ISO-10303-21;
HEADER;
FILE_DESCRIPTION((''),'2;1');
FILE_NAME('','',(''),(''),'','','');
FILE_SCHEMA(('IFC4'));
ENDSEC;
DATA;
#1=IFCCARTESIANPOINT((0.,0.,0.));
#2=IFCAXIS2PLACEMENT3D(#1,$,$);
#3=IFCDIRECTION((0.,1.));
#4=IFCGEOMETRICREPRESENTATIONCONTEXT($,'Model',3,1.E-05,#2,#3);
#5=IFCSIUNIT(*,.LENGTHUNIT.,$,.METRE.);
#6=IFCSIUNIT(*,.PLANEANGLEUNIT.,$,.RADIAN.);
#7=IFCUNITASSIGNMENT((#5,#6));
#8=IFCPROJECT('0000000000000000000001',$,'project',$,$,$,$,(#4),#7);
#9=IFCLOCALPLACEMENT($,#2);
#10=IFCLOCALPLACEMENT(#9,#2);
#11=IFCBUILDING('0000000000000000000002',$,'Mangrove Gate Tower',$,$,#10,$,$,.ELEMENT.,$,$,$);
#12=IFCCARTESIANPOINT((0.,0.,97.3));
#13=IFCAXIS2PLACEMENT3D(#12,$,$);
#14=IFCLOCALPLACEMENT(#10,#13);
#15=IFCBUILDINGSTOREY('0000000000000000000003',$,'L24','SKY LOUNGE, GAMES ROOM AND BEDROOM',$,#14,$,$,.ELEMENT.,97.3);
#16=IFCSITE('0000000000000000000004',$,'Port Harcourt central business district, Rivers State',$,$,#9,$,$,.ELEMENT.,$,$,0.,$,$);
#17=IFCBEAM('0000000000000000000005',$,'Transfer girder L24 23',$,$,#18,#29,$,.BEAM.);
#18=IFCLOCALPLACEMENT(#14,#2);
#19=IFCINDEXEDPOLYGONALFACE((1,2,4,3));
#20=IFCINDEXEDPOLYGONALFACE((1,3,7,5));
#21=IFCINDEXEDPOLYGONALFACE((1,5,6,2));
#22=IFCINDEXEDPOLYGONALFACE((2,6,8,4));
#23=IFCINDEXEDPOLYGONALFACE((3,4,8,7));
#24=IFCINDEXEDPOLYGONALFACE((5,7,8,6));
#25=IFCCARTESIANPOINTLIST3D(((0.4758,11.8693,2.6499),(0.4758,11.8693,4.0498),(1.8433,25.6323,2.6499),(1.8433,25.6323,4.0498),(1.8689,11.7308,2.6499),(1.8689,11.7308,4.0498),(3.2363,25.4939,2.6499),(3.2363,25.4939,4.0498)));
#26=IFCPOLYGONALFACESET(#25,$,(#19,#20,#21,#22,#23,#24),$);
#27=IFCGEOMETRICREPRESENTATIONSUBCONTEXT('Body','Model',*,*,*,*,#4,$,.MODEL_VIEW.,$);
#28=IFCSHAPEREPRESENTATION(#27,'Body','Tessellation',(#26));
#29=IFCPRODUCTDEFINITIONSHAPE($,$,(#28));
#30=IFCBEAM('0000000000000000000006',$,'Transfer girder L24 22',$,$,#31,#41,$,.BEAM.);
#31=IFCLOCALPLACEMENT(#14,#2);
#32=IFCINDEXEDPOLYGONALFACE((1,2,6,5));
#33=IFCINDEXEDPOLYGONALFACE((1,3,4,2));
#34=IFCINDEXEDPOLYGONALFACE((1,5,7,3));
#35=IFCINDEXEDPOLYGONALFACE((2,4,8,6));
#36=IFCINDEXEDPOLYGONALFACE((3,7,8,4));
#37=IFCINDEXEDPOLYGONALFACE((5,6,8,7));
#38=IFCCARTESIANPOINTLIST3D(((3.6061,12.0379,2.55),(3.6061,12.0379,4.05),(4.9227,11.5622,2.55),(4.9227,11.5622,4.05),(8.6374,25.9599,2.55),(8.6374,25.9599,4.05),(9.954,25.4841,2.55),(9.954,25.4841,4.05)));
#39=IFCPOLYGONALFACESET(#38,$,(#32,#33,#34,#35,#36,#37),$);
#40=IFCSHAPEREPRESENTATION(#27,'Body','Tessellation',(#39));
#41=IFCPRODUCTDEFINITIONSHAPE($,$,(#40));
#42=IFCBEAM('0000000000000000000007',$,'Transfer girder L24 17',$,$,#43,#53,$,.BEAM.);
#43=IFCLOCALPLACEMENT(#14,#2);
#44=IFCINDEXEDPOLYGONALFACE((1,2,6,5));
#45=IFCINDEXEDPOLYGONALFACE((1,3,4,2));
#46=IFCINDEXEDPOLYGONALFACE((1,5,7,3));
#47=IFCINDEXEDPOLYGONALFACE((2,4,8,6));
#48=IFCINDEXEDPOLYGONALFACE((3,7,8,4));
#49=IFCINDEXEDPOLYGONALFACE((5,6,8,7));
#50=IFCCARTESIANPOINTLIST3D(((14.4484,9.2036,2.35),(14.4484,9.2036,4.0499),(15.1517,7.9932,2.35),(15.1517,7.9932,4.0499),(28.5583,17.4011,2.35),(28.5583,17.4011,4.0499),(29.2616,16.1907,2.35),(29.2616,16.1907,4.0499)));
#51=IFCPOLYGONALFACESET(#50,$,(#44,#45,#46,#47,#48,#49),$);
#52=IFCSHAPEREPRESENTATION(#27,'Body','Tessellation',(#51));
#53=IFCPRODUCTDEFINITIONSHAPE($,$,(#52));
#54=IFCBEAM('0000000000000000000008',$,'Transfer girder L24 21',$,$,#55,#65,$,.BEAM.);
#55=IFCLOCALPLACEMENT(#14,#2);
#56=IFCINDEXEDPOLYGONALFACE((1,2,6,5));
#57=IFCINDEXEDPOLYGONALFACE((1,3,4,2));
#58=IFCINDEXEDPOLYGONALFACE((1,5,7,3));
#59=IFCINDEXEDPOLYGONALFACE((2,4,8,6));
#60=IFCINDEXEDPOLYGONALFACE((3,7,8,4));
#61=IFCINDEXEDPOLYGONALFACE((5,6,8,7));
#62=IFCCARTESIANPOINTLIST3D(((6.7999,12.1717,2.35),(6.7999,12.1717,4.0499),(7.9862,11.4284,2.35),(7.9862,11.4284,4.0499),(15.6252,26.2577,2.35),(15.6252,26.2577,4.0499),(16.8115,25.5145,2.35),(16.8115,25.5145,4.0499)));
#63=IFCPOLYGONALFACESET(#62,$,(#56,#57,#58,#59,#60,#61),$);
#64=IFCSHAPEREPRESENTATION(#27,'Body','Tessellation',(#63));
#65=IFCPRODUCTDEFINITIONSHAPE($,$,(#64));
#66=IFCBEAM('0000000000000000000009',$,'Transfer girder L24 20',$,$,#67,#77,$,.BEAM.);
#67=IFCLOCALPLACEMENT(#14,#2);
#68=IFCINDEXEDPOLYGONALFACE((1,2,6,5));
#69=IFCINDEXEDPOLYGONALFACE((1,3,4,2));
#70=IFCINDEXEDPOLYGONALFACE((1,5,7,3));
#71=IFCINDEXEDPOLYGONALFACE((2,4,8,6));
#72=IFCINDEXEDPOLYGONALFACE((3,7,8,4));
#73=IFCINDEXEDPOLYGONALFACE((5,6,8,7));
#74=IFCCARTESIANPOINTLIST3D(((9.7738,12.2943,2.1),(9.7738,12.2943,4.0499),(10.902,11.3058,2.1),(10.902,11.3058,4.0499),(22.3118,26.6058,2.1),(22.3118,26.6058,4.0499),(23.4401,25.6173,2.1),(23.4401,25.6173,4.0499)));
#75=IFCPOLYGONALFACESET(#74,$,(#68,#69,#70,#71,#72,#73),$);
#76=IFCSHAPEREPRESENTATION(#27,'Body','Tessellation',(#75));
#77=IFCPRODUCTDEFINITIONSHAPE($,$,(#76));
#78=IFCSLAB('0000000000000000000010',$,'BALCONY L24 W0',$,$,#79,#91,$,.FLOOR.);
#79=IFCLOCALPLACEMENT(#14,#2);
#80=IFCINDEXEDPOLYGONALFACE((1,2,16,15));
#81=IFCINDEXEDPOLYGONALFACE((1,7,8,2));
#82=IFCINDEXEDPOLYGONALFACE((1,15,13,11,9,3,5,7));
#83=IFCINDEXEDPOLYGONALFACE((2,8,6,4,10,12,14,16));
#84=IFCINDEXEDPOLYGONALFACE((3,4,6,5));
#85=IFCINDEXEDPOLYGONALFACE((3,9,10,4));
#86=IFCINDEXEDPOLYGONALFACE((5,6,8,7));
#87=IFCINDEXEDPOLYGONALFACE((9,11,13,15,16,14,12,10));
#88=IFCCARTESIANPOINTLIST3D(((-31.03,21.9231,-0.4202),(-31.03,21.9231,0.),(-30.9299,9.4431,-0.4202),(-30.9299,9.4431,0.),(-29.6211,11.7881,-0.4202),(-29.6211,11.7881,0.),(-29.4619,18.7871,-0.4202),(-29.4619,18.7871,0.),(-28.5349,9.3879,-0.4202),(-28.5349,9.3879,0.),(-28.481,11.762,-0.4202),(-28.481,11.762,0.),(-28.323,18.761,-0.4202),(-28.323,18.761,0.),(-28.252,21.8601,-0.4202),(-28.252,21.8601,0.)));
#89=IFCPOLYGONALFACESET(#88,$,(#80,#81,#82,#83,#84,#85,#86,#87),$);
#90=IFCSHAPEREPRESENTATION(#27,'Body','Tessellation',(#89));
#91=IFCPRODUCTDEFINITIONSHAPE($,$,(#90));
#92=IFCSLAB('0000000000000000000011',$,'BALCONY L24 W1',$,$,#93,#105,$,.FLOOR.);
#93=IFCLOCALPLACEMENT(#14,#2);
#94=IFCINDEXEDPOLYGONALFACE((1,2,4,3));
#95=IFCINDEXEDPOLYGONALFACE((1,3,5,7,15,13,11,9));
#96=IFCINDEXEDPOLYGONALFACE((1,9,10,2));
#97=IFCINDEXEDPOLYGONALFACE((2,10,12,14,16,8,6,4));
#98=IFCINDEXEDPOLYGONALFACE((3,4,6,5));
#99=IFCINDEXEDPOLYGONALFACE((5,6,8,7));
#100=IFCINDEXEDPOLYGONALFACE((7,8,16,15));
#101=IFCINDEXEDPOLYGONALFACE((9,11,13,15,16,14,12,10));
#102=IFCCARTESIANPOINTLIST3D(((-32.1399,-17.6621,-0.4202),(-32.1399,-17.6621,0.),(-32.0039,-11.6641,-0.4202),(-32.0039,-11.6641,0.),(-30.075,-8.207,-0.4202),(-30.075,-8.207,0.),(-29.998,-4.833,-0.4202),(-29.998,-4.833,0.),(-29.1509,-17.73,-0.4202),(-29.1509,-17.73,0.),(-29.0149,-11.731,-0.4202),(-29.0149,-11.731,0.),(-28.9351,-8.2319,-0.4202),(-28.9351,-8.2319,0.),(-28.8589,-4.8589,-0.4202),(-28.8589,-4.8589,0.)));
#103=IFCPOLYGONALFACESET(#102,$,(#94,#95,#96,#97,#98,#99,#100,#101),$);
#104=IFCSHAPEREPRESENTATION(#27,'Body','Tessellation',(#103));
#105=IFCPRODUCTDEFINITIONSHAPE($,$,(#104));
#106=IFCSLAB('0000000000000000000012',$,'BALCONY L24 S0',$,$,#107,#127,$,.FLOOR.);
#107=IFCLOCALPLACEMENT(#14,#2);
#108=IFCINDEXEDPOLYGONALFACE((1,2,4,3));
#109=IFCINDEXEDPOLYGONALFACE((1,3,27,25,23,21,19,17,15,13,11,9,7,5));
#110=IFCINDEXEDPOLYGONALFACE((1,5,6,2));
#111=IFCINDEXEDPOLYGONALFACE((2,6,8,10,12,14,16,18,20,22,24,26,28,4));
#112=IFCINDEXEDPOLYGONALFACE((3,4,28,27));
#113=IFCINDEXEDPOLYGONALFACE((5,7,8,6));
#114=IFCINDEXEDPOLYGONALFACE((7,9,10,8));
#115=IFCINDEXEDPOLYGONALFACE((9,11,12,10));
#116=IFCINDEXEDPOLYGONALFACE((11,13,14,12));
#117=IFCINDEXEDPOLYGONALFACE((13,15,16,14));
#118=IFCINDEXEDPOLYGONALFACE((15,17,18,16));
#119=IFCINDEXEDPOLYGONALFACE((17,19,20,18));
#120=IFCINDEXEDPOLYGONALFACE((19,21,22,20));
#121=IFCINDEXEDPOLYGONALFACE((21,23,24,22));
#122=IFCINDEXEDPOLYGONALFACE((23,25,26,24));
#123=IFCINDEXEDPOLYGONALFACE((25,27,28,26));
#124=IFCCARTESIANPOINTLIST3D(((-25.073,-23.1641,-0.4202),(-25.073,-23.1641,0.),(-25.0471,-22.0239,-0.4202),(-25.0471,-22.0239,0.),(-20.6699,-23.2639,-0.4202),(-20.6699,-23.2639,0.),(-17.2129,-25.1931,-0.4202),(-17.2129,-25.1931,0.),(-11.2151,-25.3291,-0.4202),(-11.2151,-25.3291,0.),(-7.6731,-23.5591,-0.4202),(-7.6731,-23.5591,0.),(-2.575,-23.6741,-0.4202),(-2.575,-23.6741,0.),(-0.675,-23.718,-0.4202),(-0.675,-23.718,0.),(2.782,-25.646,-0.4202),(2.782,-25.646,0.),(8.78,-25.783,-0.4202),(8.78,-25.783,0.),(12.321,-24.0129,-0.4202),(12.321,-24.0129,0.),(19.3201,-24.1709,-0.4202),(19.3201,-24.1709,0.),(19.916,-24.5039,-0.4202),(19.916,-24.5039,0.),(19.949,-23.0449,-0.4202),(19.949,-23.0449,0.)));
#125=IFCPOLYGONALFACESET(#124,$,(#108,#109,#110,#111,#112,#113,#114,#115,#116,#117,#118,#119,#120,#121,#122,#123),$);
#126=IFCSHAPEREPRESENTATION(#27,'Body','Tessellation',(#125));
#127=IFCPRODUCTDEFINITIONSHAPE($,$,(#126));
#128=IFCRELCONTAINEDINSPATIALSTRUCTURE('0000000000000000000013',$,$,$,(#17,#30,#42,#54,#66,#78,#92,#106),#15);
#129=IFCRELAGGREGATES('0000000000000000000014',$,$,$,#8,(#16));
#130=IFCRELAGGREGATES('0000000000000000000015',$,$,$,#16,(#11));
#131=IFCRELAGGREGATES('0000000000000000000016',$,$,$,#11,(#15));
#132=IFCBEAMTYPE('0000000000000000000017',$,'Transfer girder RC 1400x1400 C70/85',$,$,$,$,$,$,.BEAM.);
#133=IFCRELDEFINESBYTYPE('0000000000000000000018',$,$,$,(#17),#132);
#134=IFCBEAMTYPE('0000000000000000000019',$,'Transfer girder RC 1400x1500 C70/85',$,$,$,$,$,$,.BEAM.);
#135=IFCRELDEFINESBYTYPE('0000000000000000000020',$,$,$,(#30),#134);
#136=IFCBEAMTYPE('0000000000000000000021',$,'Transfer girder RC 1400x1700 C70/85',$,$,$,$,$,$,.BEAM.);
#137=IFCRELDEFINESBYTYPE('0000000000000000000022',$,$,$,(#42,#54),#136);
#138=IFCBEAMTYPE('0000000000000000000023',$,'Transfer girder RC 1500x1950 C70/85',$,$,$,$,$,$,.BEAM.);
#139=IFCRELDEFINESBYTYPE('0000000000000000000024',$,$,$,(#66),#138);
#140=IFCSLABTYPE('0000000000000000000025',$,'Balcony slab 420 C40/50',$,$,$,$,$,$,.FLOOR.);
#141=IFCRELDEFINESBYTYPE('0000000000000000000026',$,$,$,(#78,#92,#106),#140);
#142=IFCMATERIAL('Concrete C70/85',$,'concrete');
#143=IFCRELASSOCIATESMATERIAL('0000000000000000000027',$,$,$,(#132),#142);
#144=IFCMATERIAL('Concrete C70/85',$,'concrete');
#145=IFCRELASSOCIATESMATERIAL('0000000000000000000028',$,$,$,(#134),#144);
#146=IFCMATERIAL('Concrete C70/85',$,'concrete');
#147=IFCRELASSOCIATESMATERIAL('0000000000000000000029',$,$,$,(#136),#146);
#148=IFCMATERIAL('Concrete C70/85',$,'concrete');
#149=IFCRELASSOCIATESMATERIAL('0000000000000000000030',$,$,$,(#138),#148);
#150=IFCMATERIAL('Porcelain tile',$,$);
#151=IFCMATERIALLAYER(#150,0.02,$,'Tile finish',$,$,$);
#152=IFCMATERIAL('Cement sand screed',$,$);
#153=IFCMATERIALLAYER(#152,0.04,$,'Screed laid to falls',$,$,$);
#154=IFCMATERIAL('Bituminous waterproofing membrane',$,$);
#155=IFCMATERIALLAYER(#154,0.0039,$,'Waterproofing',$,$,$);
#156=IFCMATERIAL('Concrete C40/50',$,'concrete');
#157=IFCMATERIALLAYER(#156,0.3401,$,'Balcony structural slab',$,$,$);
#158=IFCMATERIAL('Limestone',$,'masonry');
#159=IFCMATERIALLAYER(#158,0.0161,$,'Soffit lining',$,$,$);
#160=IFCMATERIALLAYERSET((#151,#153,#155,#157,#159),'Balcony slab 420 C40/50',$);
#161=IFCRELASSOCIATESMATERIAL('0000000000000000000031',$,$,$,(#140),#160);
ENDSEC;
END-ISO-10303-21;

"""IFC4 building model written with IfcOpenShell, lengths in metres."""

from ifc_helpers import new_model, si_unit, direction, frame, origin, origin_2d, place, context, subcontext, project, spatial, polyline, rectangle, outline, extrude, material, layer, layer_set, material_profile, profile_set, type_object, element, save


model = new_model("IFC4")

# Units and contexts
model_context = context("Model", 3, precision=1e-05, world=origin(), true_north=direction((0.0, 1.0)))
body_context = subcontext(model_context, "Body", "Model", "MODEL_VIEW")
ifc_project = project(units=[si_unit("LENGTHUNIT", "METRE"), si_unit("PLANEANGLEUNIT", "RADIAN")], contexts=[model_context])

# Site, building, storey
site_placement = place(None, origin())
site = spatial("IfcSite", under=ifc_project, at=site_placement, Name="Port Harcourt central business district, Rivers State", CompositionType="ELEMENT", RefElevation=0.0)
building_placement = place(site_placement, origin())
building = spatial("IfcBuilding", under=site, at=building_placement, Name="Mangrove Gate Tower", CompositionType="ELEMENT")
storey_placement = place(building_placement, frame((0.0, 0.0, 97.3)))
storey = spatial("IfcBuildingStorey", under=building, at=storey_placement, Name="L24", Description="SKY LOUNGE, GAMES ROOM AND BEDROOM", CompositionType="ELEMENT", Elevation=97.3)

# Beams
ifc_material_1 = material(Name="Concrete C70/85", Category="concrete")
ifc_material_profile_1 = material_profile(ifc_material_1, rectangle(XDim=1.3999, YDim=1.3999, at=origin_2d()))
ifc_profile_set_1 = profile_set([ifc_material_profile_1], Name="Concrete C70/85")
beam_type_1 = type_object("IfcBeamType", Name="Transfer girder RC 1400x1400 C70/85", PredefinedType="BEAM", material=ifc_profile_set_1)
beam_1_placement = place(storey_placement, frame((1.1724, 11.8, 3.3499), z_axis=(0.098869, 0.9951, 0.0), x_axis=(-0.9951, 0.098869, 0.0)))
element("IfcBeam", 1, at=beam_1_placement, inside=storey, type_object=beam_type_1, Name="Transfer girder L24 23", PredefinedType="BEAM", context=body_context, shape_type="SweptSolid", body=[
    extrude(rectangle(XDim=1.3999, YDim=1.3999, at=origin_2d()), origin(), (0.0, 0.0, 1.0), 13.8308),
])
ifc_material_2 = material(Name="Concrete C70/85", Category="concrete")
ifc_material_profile_2 = material_profile(ifc_material_2, rectangle(XDim=1.3999, YDim=1.5, at=origin_2d()))
ifc_profile_set_2 = profile_set([ifc_material_profile_2], Name="Concrete C70/85")
beam_type_2 = type_object("IfcBeamType", Name="Transfer girder RC 1400x1500 C70/85", PredefinedType="BEAM", material=ifc_profile_set_2)
beam_2_placement = place(storey_placement, frame((4.2644, 11.8, 3.3), z_axis=(0.339878, 0.94047, 0.0), x_axis=(-0.94047, 0.339878, 0.0)))
element("IfcBeam", 2, at=beam_2_placement, inside=storey, type_object=beam_type_2, Name="Transfer girder L24 22", PredefinedType="BEAM", context=body_context, shape_type="SweptSolid", body=[
    extrude(rectangle(XDim=1.3999, YDim=1.5, at=origin_2d()), origin(), (0.0, 0.0, 1.0), 14.8032),
])
ifc_material_3 = material(Name="Concrete C70/85", Category="concrete")
ifc_material_profile_3 = material_profile(ifc_material_3, rectangle(XDim=1.3999, YDim=1.7, at=origin_2d()))
ifc_profile_set_3 = profile_set([ifc_material_profile_3], Name="Concrete C70/85")
beam_type_3 = type_object("IfcBeamType", Name="Transfer girder RC 1400x1700 C70/85", PredefinedType="BEAM", material=ifc_profile_set_3)
beam_3_placement = place(storey_placement, frame((14.8, 8.5984, 3.2), z_axis=(0.864664, 0.50235, 0.0), x_axis=(-0.50235, 0.864664, 0.0)))
element("IfcBeam", 3, at=beam_3_placement, inside=storey, type_object=beam_type_3, Name="Transfer girder L24 17", PredefinedType="BEAM", context=body_context, shape_type="SweptSolid", body=[
    extrude(rectangle(XDim=1.3999, YDim=1.7, at=origin_2d()), origin(), (0.0, 0.0, 1.0), 16.3184),
])
beam_4_placement = place(storey_placement, frame((7.3931, 11.8, 3.2), z_axis=(0.530928, 0.847417, 0.0), x_axis=(-0.847417, 0.530928, 0.0)))
element("IfcBeam", 4, at=beam_4_placement, inside=storey, type_object=beam_type_3, Name="Transfer girder L24 21", PredefinedType="BEAM", context=body_context, shape_type="SweptSolid", body=[
    extrude(rectangle(XDim=1.3999, YDim=1.7, at=origin_2d()), origin(), (0.0, 0.0, 1.0), 16.6223),
])
ifc_material_4 = material(Name="Concrete C70/85", Category="concrete")
ifc_material_profile_4 = material_profile(ifc_material_4, rectangle(XDim=1.5, YDim=1.95, at=origin_2d()))
ifc_profile_set_4 = profile_set([ifc_material_profile_4], Name="Concrete C70/85")
beam_type_4 = type_object("IfcBeamType", Name="Transfer girder RC 1500x1950 C70/85", PredefinedType="BEAM", material=ifc_profile_set_4)
beam_5_placement = place(storey_placement, frame((10.3379, 11.8, 3.075), z_axis=(0.658966, 0.752173, 0.0), x_axis=(-0.752173, 0.658966, 0.0)))
element("IfcBeam", 5, at=beam_5_placement, inside=storey, type_object=beam_type_4, Name="Transfer girder L24 20", PredefinedType="BEAM", context=body_context, shape_type="SweptSolid", body=[
    extrude(rectangle(XDim=1.5, YDim=1.95, at=origin_2d()), origin(), (0.0, 0.0, 1.0), 19.0269),
])

# Slabs
ifc_material_5 = material(Name="Porcelain tile")
ifc_layer_1 = layer(ifc_material_5, 0.02, Name="Tile finish")
ifc_material_6 = material(Name="Cement sand screed")
ifc_layer_2 = layer(ifc_material_6, 0.04, Name="Screed laid to falls")
ifc_material_7 = material(Name="Bituminous waterproofing membrane")
ifc_layer_3 = layer(ifc_material_7, 0.0039, Name="Waterproofing")
ifc_material_8 = material(Name="Concrete C40/50", Category="concrete")
ifc_layer_4 = layer(ifc_material_8, 0.3401, Name="Balcony structural slab")
ifc_material_9 = material(Name="Limestone", Category="masonry")
ifc_layer_5 = layer(ifc_material_9, 0.0161, Name="Soffit lining")
ifc_layer_set_1 = layer_set([ifc_layer_1, ifc_layer_2, ifc_layer_3, ifc_layer_4, ifc_layer_5], Name="Balcony slab 420 C40/50")
slab_type_1 = type_object("IfcSlabType", Name="Balcony slab 420 C40/50", PredefinedType="FLOOR", material=ifc_layer_set_1)
slab_1_placement = place(storey_placement, frame((0.0, 0.0, -0.4202)))
element("IfcSlab", 6, at=slab_1_placement, inside=storey, type_object=slab_type_1, Name="BALCONY L24 W0", PredefinedType="FLOOR", context=body_context, shape_type="SweptSolid", body=[
    extrude(outline(polyline([(-31.03, 21.9231), (-29.4619, 18.7871), (-29.6211, 11.7881), (-30.9299, 9.4431), (-28.5349, 9.3879), (-28.481, 11.762), (-28.323, 18.761), (-28.252, 21.8601), (-31.03, 21.9231)])), origin(), (0.0, 0.0, 1.0), 0.4202),
])
slab_2_placement = place(storey_placement, frame((0.0, 0.0, -0.4202)))
element("IfcSlab", 7, at=slab_2_placement, inside=storey, type_object=slab_type_1, Name="BALCONY L24 W1", PredefinedType="FLOOR", context=body_context, shape_type="SweptSolid", body=[
    extrude(outline(polyline([(-29.998, -4.833), (-30.075, -8.207), (-32.0039, -11.6641), (-32.1399, -17.6621), (-29.1509, -17.73), (-29.0149, -11.731), (-28.9351, -8.2319), (-28.8589, -4.8589), (-29.998, -4.833)])), origin(), (0.0, 0.0, 1.0), 0.4202),
])
slab_3_placement = place(storey_placement, frame((0.0, 0.0, -0.4202)))
element("IfcSlab", 8, at=slab_3_placement, inside=storey, type_object=slab_type_1, Name="BALCONY L24 S0", PredefinedType="FLOOR", context=body_context, shape_type="SweptSolid", body=[
    extrude(outline(polyline([(-25.073, -23.1641), (-20.6699, -23.2639), (-17.2129, -25.1931), (-11.2151, -25.3291), (-7.6731, -23.5591), (-2.575, -23.6741), (-0.675, -23.718), (2.782, -25.646), (8.78, -25.783), (12.321, -24.0129), (19.3201, -24.1709), (19.916, -24.5039), (19.949, -23.0449), (-25.0471, -22.0239), (-25.073, -23.1641)])), origin(), (0.0, 0.0, 1.0), 0.4202),
])

save(model, "model.ifc")
